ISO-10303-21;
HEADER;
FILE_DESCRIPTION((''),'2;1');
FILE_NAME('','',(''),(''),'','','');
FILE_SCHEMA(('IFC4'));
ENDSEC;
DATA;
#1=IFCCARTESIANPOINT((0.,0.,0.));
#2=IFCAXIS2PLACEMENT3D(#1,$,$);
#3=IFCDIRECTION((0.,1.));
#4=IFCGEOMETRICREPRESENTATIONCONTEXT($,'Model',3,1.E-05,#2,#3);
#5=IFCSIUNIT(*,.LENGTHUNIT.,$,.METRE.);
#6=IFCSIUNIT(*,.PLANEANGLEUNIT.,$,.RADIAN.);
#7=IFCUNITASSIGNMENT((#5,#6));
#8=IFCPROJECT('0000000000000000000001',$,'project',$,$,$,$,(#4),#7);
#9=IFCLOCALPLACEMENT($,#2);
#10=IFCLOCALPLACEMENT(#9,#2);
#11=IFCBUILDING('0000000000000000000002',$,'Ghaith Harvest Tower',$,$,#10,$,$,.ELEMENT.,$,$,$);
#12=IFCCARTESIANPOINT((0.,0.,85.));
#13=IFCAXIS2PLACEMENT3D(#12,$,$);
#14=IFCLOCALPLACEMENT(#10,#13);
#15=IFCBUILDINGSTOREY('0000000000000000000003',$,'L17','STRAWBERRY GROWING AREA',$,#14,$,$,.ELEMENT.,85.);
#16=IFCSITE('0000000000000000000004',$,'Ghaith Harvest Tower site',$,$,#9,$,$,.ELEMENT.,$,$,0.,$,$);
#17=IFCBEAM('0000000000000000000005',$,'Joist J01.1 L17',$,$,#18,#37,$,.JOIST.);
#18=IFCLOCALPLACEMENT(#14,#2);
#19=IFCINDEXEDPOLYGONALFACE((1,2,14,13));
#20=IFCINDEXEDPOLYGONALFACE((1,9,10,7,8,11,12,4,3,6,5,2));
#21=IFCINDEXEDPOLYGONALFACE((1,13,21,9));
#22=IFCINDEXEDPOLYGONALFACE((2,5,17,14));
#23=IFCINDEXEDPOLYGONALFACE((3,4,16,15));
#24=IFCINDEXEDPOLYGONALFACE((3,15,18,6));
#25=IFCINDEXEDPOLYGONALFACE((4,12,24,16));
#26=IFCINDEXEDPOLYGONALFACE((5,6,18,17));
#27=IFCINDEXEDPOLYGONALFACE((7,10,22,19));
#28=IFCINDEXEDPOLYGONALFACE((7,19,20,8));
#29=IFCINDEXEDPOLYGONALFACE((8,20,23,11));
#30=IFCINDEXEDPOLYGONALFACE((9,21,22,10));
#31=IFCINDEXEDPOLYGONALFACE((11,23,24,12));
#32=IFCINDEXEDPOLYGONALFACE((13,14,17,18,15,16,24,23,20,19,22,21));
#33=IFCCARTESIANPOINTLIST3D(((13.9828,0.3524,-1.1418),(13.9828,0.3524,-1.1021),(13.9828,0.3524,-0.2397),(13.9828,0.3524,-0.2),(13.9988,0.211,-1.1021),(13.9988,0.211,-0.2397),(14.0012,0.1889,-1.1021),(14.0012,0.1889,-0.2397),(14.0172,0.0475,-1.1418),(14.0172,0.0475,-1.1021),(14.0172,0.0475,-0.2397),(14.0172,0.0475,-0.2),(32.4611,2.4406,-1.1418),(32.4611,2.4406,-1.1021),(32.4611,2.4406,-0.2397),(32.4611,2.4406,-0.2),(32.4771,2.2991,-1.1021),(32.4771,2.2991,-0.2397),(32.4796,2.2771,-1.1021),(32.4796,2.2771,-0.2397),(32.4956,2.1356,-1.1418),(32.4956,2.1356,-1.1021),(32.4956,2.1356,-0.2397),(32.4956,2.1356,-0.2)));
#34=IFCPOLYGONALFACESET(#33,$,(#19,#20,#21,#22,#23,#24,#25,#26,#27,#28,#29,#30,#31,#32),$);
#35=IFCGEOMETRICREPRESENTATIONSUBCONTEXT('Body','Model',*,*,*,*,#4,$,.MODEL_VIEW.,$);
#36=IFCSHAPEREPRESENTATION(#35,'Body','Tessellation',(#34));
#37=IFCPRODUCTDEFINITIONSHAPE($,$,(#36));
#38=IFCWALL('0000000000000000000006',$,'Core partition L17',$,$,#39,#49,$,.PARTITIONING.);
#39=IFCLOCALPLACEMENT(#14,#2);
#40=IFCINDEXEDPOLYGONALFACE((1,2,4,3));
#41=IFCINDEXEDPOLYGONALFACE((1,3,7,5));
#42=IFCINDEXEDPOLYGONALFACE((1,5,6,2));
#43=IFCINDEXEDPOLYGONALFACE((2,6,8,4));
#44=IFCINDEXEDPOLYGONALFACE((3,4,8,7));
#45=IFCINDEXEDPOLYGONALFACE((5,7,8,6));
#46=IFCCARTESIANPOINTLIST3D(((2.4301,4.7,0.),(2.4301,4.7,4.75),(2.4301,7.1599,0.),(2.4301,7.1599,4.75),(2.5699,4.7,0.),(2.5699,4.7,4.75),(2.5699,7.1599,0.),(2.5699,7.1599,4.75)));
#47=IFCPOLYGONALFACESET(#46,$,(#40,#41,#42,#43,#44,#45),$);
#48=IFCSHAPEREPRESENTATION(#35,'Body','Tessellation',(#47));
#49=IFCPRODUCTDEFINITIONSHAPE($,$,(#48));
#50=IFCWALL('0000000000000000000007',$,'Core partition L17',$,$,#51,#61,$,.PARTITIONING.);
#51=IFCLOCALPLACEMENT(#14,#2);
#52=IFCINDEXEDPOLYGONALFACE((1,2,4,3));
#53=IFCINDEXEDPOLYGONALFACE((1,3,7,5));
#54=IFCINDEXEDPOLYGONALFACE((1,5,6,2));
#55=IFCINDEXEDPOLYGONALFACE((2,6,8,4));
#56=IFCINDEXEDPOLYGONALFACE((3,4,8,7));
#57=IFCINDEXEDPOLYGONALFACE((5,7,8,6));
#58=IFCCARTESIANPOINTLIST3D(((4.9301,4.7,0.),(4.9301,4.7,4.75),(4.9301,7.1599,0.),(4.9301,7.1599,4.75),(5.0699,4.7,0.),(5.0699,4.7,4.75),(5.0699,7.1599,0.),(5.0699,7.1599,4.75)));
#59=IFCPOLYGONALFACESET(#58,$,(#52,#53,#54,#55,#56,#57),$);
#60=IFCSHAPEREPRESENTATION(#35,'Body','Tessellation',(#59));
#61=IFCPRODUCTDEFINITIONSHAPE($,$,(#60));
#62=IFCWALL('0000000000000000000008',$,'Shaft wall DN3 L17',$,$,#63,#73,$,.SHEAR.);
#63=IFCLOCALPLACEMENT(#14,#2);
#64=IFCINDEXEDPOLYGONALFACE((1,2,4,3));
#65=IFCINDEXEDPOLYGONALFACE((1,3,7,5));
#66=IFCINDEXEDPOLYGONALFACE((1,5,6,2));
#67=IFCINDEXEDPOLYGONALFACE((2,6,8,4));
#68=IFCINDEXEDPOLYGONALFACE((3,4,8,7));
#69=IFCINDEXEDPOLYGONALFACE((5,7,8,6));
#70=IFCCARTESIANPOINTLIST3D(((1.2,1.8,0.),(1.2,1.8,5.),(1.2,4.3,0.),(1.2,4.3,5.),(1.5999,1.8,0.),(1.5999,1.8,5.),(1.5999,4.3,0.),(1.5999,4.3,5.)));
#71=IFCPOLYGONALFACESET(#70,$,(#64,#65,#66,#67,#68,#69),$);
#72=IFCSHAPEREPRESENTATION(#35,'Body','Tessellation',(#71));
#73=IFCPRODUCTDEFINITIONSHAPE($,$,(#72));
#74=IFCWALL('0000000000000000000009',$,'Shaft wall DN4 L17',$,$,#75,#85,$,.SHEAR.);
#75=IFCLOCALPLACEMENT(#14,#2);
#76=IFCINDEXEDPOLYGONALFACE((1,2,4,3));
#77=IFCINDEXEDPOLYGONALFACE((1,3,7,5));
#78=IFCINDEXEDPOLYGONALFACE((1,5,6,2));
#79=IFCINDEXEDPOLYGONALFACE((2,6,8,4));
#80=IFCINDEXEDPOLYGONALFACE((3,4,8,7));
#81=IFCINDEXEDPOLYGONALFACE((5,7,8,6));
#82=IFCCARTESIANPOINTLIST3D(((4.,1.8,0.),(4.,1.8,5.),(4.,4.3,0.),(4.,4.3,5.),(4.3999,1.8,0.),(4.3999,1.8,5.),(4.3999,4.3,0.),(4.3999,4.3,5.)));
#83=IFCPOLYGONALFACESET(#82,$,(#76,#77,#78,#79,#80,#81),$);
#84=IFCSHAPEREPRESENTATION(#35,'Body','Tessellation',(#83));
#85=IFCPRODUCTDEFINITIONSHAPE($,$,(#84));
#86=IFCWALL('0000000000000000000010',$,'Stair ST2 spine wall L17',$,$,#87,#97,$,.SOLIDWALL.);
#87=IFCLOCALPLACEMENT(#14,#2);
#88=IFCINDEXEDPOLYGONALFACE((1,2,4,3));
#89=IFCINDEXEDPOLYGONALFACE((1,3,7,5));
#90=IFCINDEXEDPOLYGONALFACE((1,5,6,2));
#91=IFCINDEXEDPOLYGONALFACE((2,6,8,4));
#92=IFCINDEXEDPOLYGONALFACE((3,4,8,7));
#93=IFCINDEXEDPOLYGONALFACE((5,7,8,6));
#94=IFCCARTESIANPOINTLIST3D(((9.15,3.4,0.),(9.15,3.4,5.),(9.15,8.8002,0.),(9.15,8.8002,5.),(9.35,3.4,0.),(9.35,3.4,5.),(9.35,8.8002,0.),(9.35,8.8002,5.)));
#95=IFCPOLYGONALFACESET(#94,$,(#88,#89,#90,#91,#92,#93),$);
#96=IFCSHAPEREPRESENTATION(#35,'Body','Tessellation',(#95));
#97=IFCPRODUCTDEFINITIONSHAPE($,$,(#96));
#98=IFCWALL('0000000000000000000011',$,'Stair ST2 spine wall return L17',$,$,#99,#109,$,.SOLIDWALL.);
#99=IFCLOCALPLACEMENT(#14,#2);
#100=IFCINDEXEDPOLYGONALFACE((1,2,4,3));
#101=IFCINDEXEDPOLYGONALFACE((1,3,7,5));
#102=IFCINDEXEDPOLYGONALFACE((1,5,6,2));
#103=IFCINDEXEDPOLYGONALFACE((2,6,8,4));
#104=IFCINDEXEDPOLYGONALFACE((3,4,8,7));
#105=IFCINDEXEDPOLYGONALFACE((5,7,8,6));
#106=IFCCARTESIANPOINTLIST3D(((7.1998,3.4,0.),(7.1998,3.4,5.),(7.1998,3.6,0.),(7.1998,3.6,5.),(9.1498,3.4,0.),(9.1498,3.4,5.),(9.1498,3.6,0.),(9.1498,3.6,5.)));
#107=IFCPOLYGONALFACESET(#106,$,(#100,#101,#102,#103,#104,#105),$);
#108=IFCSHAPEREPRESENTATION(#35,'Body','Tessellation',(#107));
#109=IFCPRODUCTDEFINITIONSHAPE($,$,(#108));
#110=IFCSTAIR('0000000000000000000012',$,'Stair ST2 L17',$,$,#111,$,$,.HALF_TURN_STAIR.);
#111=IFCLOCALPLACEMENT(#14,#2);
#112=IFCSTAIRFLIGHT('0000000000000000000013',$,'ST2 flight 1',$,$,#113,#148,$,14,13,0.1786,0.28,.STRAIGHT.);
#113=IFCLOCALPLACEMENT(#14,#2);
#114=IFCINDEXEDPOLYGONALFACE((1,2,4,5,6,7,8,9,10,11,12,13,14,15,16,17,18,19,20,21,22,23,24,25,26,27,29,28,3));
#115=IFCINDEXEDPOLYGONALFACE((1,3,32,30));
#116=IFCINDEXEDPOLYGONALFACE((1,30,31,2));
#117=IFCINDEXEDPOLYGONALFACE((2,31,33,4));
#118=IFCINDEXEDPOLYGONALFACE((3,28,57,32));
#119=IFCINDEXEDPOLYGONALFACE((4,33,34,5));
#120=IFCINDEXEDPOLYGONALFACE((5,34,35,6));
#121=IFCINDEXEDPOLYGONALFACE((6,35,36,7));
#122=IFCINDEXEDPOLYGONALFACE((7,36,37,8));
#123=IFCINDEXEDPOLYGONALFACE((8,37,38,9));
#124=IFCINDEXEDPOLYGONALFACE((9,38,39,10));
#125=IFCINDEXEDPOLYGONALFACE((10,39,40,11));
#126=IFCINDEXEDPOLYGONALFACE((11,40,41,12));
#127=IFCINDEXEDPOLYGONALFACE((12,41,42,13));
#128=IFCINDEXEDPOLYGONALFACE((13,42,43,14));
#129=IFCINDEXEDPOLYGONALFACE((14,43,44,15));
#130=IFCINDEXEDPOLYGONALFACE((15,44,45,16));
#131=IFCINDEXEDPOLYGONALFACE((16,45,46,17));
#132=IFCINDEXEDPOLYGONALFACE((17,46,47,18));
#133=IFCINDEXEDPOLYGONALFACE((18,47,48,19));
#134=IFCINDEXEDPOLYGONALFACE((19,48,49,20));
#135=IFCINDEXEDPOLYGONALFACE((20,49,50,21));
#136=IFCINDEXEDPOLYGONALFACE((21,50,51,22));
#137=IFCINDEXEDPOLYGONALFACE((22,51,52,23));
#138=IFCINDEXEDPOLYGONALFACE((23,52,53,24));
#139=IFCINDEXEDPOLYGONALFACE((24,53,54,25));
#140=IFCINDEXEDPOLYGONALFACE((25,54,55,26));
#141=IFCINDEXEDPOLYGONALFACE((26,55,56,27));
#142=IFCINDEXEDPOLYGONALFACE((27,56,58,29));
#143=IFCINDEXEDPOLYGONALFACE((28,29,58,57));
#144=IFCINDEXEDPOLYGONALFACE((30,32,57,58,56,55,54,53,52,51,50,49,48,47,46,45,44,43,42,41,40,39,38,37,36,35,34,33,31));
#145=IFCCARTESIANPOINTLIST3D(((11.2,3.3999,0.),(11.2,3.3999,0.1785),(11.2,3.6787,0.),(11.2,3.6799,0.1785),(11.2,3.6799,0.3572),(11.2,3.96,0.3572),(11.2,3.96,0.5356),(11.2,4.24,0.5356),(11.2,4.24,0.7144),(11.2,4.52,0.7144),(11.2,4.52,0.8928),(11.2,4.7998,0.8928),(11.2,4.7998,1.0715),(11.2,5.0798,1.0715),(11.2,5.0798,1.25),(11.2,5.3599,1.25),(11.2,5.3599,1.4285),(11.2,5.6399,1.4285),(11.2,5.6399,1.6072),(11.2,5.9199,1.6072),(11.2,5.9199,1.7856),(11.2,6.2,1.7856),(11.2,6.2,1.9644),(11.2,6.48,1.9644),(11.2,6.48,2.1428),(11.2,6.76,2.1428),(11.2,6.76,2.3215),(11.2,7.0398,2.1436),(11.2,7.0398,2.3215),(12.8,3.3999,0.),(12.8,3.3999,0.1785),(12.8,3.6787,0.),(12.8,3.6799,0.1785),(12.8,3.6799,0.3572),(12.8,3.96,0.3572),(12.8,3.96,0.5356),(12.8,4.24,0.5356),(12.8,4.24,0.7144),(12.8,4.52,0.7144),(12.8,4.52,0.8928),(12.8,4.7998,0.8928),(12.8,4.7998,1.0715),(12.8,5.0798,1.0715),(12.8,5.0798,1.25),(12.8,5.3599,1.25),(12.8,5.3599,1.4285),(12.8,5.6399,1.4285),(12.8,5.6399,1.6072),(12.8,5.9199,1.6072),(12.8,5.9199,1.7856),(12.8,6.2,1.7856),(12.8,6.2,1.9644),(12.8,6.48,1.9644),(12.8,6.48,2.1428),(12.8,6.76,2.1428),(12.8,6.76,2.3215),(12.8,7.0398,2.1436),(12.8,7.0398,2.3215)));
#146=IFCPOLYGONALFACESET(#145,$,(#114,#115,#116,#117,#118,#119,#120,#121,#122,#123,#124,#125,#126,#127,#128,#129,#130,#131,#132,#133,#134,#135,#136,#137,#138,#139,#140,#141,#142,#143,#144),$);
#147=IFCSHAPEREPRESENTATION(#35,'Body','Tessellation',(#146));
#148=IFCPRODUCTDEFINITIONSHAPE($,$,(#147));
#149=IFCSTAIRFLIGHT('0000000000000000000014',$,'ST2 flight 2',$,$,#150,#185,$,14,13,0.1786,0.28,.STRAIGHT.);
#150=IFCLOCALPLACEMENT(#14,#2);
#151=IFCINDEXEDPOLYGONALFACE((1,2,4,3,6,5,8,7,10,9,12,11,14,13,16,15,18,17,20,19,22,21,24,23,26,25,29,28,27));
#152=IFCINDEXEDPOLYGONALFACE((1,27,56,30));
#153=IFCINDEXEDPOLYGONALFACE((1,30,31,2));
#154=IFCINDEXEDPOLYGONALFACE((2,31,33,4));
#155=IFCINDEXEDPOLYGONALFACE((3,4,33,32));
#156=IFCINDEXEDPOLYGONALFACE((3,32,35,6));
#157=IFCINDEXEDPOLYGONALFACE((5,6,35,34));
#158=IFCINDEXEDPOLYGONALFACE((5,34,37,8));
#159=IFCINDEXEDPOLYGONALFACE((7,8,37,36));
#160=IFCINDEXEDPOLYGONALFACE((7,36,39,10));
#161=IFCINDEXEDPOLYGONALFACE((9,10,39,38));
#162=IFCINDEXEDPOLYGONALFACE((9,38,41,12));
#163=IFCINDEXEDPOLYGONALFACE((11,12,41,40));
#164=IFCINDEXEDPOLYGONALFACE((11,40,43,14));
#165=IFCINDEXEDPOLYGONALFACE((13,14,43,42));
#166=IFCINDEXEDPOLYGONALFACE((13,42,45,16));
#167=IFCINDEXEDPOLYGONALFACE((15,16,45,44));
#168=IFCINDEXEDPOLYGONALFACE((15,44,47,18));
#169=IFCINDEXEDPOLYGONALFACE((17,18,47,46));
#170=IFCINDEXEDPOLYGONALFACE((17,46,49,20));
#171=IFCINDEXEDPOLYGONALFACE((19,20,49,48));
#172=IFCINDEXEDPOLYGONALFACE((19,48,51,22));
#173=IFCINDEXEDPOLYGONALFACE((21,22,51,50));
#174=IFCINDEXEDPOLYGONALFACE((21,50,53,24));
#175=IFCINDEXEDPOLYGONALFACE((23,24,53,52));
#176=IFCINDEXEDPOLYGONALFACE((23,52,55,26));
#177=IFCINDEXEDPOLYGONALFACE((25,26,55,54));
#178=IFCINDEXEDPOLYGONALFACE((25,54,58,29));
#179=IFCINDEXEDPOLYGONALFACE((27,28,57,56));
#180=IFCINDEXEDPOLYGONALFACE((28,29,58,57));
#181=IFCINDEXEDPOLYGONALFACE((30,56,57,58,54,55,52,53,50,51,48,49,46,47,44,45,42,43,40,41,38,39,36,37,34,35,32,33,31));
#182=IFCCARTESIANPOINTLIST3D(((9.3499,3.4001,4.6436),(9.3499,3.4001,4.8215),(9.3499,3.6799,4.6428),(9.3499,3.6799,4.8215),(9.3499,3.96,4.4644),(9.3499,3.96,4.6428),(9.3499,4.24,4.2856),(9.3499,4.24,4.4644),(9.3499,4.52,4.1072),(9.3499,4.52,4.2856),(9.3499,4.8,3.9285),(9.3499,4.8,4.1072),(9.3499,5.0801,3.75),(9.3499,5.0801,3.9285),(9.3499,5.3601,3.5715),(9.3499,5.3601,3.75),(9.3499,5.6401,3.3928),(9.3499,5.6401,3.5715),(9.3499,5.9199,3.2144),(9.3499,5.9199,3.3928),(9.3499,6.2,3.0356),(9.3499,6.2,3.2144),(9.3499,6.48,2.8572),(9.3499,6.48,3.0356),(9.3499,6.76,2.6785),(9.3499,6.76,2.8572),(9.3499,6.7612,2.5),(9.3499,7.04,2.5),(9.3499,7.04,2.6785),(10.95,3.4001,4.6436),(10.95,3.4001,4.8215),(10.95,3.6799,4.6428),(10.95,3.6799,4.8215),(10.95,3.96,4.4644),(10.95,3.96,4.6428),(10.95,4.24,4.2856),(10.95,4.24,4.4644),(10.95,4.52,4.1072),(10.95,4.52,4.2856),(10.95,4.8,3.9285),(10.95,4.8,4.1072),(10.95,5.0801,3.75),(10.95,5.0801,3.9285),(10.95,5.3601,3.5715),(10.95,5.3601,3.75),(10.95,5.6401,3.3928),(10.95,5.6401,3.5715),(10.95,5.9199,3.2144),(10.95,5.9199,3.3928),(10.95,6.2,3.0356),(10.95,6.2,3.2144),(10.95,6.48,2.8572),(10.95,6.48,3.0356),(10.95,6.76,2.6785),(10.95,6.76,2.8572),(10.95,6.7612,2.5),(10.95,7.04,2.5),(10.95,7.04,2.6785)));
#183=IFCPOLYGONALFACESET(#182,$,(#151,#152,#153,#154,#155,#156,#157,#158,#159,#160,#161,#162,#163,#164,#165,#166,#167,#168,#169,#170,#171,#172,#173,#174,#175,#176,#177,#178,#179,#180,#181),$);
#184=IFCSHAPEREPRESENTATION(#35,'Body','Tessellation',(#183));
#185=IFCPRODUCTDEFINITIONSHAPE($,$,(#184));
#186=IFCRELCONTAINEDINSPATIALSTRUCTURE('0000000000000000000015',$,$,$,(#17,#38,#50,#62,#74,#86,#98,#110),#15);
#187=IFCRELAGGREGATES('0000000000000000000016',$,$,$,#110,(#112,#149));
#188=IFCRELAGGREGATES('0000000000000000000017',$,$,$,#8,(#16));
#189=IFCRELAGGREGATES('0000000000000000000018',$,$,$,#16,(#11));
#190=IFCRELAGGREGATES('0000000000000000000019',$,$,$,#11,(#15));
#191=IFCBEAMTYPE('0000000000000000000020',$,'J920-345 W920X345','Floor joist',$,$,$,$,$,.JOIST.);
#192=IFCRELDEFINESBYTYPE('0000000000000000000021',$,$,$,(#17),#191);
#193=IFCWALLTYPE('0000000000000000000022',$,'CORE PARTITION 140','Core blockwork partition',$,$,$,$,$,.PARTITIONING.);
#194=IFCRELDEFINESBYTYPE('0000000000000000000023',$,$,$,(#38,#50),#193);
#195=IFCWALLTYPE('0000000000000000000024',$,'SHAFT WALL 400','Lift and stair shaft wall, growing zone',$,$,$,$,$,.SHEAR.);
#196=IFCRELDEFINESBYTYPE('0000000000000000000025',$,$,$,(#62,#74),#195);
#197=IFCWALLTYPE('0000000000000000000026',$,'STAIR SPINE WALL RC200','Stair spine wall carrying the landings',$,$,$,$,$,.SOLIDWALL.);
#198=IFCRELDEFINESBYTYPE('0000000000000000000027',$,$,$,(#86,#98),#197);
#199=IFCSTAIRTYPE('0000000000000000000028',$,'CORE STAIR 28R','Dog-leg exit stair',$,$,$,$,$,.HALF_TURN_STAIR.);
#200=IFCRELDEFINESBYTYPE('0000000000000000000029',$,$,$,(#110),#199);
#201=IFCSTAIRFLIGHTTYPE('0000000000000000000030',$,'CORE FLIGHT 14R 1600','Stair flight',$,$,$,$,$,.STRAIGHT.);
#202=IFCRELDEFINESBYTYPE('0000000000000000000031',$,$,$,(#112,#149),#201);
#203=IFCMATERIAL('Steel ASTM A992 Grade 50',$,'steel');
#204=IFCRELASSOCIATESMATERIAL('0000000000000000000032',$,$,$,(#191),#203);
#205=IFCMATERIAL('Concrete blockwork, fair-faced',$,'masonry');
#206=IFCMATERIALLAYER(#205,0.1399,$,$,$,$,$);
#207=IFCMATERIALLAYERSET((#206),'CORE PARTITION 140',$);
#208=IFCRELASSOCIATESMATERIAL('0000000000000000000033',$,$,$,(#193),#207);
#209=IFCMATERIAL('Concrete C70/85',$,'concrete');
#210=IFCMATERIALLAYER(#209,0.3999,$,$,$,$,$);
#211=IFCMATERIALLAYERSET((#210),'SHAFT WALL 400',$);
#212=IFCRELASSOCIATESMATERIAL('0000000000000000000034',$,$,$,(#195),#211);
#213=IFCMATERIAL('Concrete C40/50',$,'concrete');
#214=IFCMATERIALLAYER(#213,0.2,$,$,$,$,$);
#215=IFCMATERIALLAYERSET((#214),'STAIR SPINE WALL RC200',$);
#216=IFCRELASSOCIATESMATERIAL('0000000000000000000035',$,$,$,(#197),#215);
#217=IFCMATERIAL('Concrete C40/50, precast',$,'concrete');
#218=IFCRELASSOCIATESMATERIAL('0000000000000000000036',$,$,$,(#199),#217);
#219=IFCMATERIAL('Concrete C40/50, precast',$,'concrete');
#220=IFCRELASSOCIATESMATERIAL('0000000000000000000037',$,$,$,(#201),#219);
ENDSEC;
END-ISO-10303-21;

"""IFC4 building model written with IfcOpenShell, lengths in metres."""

from ifc_helpers import new_model, si_unit, direction, frame, frame_2d, origin, origin_2d, place, context, subcontext, project, spatial, polyline, rectangle, i_section, outline, extrude, material, layer, layer_set, material_profile, profile_set, type_object, element, aggregate, save


model = new_model("IFC4")

# Units and contexts
model_context = context("Model", 3, precision=1e-05, world=origin(), true_north=direction((0.0, 1.0)))
body_context = subcontext(model_context, "Body", "Model", "MODEL_VIEW")
ifc_project = project(units=[si_unit("LENGTHUNIT", "METRE"), si_unit("PLANEANGLEUNIT", "RADIAN")], contexts=[model_context])

# Site, building, storey
site_placement = place(None, origin())
site = spatial("IfcSite", under=ifc_project, at=site_placement, Name="Ghaith Harvest Tower site", CompositionType="ELEMENT", RefElevation=0.0)
building_placement = place(site_placement, origin())
building = spatial("IfcBuilding", under=site, at=building_placement, Name="Ghaith Harvest Tower", CompositionType="ELEMENT")
storey_placement = place(building_placement, frame((0.0, 0.0, 85.0)))
storey = spatial("IfcBuildingStorey", under=building, at=storey_placement, Name="L17", Description="STRAWBERRY GROWING AREA", CompositionType="ELEMENT", Elevation=85.0)

# Beam
ifc_material_1 = material(Name="Steel ASTM A992 Grade 50", Category="steel")
ifc_material_profile_1 = material_profile(ifc_material_1, i_section(OverallWidth=0.3069, OverallDepth=0.9419, WebThickness=0.0222, FlangeThickness=0.0398, at=origin_2d()), Name="W920X345")
ifc_profile_set_1 = profile_set([ifc_material_profile_1], Name="Steel ASTM A992 Grade 50")
beam_type_1 = type_object("IfcBeamType", Name="J920-345 W920X345", Description="Floor joist", PredefinedType="JOIST", material=ifc_profile_set_1)
beam_1_placement = place(storey_placement, frame((14.0, 0.2, -0.6709), z_axis=(0.993675, 0.11229, 0.0), x_axis=(-0.11229, 0.993675, 0.0)))
element("IfcBeam", 1, at=beam_1_placement, inside=storey, type_object=beam_type_1, Name="Joist J01.1 L17", PredefinedType="JOIST", context=body_context, shape_type="SweptSolid", body=[
    extrude(i_section(OverallWidth=0.3069, OverallDepth=0.9419, WebThickness=0.0222, FlangeThickness=0.0398, at=origin_2d()), origin(), (0.0, 0.0, 1.0), 18.5959),
])

# Walls
ifc_material_2 = material(Name="Concrete blockwork, fair-faced", Category="masonry")
ifc_layer_1 = layer(ifc_material_2, 0.1399)
ifc_layer_set_1 = layer_set([ifc_layer_1], Name="CORE PARTITION 140")
wall_type_1 = type_object("IfcWallType", Name="CORE PARTITION 140", Description="Core blockwork partition", PredefinedType="PARTITIONING", material=ifc_layer_set_1)
for number, where, z_axis, x_axis, name in (
    (2, (2.5, 4.7, 0.0), (0.0, 0.0, 1.0), (0.0, 1.0, 0.0), "Core partition L17"),
    (3, (5.0, 4.7, 0.0), (0.0, 0.0, 1.0), (0.0, 1.0, 0.0), "Core partition L17"),
):
    element("IfcWall", number, at=place(storey_placement, frame(where, z_axis=z_axis, x_axis=x_axis)), inside=storey, type_object=wall_type_1, Name=name, PredefinedType="PARTITIONING", context=body_context, shape_type="SweptSolid", body=[
        extrude(rectangle(XDim=2.46, YDim=0.1399, at=frame_2d((1.23, 0.0))), origin(), (0.0, 0.0, 1.0), 4.75),
    ])

# Shared definitions
ifc_material_3 = material(Name="Concrete C70/85", Category="concrete")
ifc_layer_2 = layer(ifc_material_3, 0.3999)
ifc_layer_set_2 = layer_set([ifc_layer_2], Name="SHAFT WALL 400")
wall_type_2 = type_object("IfcWallType", Name="SHAFT WALL 400", Description="Lift and stair shaft wall, growing zone", PredefinedType="SHEAR", material=ifc_layer_set_2)

# Walls
for number, where, z_axis, x_axis, name in (
    (4, (1.3999, 1.8, 0.0), (0.0, 0.0, 1.0), (0.0, 1.0, 0.0), "Shaft wall DN3 L17"),
    (5, (4.2, 1.8, 0.0), (0.0, 0.0, 1.0), (0.0, 1.0, 0.0), "Shaft wall DN4 L17"),
):
    element("IfcWall", number, at=place(storey_placement, frame(where, z_axis=z_axis, x_axis=x_axis)), inside=storey, type_object=wall_type_2, Name=name, PredefinedType="SHEAR", context=body_context, shape_type="SweptSolid", body=[
        extrude(rectangle(XDim=2.5, YDim=0.3999, at=frame_2d((1.25, 0.0))), origin(), (0.0, 0.0, 1.0), 5.0),
    ])
ifc_material_4 = material(Name="Concrete C40/50", Category="concrete")
ifc_layer_3 = layer(ifc_material_4, 0.2)
ifc_layer_set_3 = layer_set([ifc_layer_3], Name="STAIR SPINE WALL RC200")
wall_type_3 = type_object("IfcWallType", Name="STAIR SPINE WALL RC200", Description="Stair spine wall carrying the landings", PredefinedType="SOLIDWALL", material=ifc_layer_set_3)
wall_1_placement = place(storey_placement, frame((9.25, 3.3999, 0.0), z_axis=(0.0, 0.0, 1.0), x_axis=(0.0, 1.0, 0.0)))
element("IfcWall", 6, at=wall_1_placement, inside=storey, type_object=wall_type_3, Name="Stair ST2 spine wall L17", PredefinedType="SOLIDWALL", context=body_context, shape_type="SweptSolid", body=[
    extrude(rectangle(XDim=5.4001, YDim=0.2, at=frame_2d((2.7002, 0.0))), origin(), (0.0, 0.0, 1.0), 5.0),
])
wall_2_placement = place(storey_placement, frame((9.1499, 3.5, 0.0), z_axis=(0.0, 0.0, 1.0), x_axis=(-1.0, 0.0, 0.0)))
element("IfcWall", 7, at=wall_2_placement, inside=storey, type_object=wall_type_3, Name="Stair ST2 spine wall return L17", PredefinedType="SOLIDWALL", context=body_context, shape_type="SweptSolid", body=[
    extrude(rectangle(XDim=1.95, YDim=0.2, at=frame_2d((0.9751, 0.0))), origin(), (0.0, 0.0, 1.0), 5.0),
])

# Stair, stair flights
ifc_material_5 = material(Name="Concrete C40/50, precast", Category="concrete")
stair_type = type_object("IfcStairType", Name="CORE STAIR 28R", Description="Dog-leg exit stair", PredefinedType="HALF_TURN_STAIR", material=ifc_material_5)
stair_placement = place(storey_placement, origin())
stair = element("IfcStair", 8, at=stair_placement, inside=storey, type_object=stair_type, Name="Stair ST2 L17", PredefinedType="HALF_TURN_STAIR")
ifc_material_6 = material(Name="Concrete C40/50, precast", Category="concrete")
stair_flight_type = type_object("IfcStairFlightType", Name="CORE FLIGHT 14R 1600", Description="Stair flight", PredefinedType="STRAIGHT", material=ifc_material_6)
stair_flight_1_placement = place(storey_placement, frame((12.0, 3.3999, 0.0), z_axis=(0.0, 0.0, 1.0), x_axis=(0.0, 1.0, 0.0)))
stair_flight_1 = element("IfcStairFlight", 9, at=stair_flight_1_placement, type_object=stair_flight_type, Name="ST2 flight 1", NumberOfRisers=14, NumberOfTreads=13, PredefinedType="STRAIGHT", RiserHeight=0.1786, TreadLength=0.28, context=body_context, shape_type="SweptSolid", body=[
    extrude(outline(polyline([(0.0, 0.0), (0.0, 0.1785), (0.28, 0.1785), (0.28, 0.3572), (0.5601, 0.3572), (0.5601, 0.5356), (0.8401, 0.5356), (0.8401, 0.7144), (1.1201, 0.7144), (1.1201, 0.8928), (1.3999, 0.8928), (1.3999, 1.0715), (1.6799, 1.0715), (1.6799, 1.25), (1.96, 1.25), (1.96, 1.4285), (2.24, 1.4285), (2.24, 1.6072), (2.52, 1.6072), (2.52, 1.7856), (2.8, 1.7856), (2.8, 1.9644), (3.0801, 1.9644), (3.0801, 2.1428), (3.3601, 2.1428), (3.3601, 2.3215), (3.6399, 2.3215), (3.6399, 2.5), (3.6399, 2.1436), (0.2788, 0.0), (0.0, 0.0)])), frame((0.0, 0.8, 0.0), z_axis=(0.0, -1.0, 0.0), x_axis=(1.0, 0.0, 0.0)), (0.0, 0.0, 1.0), 1.6001),
])
stair_flight_2_placement = place(storey_placement, frame((10.1499, 7.04, 2.5), z_axis=(0.0, 0.0, 1.0), x_axis=(0.0, -1.0, 0.0)))
stair_flight_2 = element("IfcStairFlight", 10, at=stair_flight_2_placement, type_object=stair_flight_type, Name="ST2 flight 2", NumberOfRisers=14, NumberOfTreads=13, PredefinedType="STRAIGHT", RiserHeight=0.1786, TreadLength=0.28, context=body_context, shape_type="SweptSolid", body=[
    extrude(outline(polyline([(0.0, 0.0), (0.0, 0.1785), (0.28, 0.1785), (0.28, 0.3572), (0.5601, 0.3572), (0.5601, 0.5356), (0.8401, 0.5356), (0.8401, 0.7144), (1.1201, 0.7144), (1.1201, 0.8928), (1.3999, 0.8928), (1.3999, 1.0715), (1.6799, 1.0715), (1.6799, 1.25), (1.96, 1.25), (1.96, 1.4285), (2.24, 1.4285), (2.24, 1.6072), (2.52, 1.6072), (2.52, 1.7856), (2.8, 1.7856), (2.8, 1.9644), (3.0801, 1.9644), (3.0801, 2.1428), (3.3601, 2.1428), (3.3601, 2.3215), (3.6399, 2.3215), (3.6399, 2.5), (3.6399, 2.1436), (0.2788, 0.0), (0.0, 0.0)])), frame((0.0, 0.8, 0.0), z_axis=(0.0, -1.0, 0.0), x_axis=(1.0, 0.0, 0.0)), (0.0, 0.0, 1.0), 1.6001),
])
aggregate(stair, [stair_flight_1, stair_flight_2])

save(model, "model.ifc")
